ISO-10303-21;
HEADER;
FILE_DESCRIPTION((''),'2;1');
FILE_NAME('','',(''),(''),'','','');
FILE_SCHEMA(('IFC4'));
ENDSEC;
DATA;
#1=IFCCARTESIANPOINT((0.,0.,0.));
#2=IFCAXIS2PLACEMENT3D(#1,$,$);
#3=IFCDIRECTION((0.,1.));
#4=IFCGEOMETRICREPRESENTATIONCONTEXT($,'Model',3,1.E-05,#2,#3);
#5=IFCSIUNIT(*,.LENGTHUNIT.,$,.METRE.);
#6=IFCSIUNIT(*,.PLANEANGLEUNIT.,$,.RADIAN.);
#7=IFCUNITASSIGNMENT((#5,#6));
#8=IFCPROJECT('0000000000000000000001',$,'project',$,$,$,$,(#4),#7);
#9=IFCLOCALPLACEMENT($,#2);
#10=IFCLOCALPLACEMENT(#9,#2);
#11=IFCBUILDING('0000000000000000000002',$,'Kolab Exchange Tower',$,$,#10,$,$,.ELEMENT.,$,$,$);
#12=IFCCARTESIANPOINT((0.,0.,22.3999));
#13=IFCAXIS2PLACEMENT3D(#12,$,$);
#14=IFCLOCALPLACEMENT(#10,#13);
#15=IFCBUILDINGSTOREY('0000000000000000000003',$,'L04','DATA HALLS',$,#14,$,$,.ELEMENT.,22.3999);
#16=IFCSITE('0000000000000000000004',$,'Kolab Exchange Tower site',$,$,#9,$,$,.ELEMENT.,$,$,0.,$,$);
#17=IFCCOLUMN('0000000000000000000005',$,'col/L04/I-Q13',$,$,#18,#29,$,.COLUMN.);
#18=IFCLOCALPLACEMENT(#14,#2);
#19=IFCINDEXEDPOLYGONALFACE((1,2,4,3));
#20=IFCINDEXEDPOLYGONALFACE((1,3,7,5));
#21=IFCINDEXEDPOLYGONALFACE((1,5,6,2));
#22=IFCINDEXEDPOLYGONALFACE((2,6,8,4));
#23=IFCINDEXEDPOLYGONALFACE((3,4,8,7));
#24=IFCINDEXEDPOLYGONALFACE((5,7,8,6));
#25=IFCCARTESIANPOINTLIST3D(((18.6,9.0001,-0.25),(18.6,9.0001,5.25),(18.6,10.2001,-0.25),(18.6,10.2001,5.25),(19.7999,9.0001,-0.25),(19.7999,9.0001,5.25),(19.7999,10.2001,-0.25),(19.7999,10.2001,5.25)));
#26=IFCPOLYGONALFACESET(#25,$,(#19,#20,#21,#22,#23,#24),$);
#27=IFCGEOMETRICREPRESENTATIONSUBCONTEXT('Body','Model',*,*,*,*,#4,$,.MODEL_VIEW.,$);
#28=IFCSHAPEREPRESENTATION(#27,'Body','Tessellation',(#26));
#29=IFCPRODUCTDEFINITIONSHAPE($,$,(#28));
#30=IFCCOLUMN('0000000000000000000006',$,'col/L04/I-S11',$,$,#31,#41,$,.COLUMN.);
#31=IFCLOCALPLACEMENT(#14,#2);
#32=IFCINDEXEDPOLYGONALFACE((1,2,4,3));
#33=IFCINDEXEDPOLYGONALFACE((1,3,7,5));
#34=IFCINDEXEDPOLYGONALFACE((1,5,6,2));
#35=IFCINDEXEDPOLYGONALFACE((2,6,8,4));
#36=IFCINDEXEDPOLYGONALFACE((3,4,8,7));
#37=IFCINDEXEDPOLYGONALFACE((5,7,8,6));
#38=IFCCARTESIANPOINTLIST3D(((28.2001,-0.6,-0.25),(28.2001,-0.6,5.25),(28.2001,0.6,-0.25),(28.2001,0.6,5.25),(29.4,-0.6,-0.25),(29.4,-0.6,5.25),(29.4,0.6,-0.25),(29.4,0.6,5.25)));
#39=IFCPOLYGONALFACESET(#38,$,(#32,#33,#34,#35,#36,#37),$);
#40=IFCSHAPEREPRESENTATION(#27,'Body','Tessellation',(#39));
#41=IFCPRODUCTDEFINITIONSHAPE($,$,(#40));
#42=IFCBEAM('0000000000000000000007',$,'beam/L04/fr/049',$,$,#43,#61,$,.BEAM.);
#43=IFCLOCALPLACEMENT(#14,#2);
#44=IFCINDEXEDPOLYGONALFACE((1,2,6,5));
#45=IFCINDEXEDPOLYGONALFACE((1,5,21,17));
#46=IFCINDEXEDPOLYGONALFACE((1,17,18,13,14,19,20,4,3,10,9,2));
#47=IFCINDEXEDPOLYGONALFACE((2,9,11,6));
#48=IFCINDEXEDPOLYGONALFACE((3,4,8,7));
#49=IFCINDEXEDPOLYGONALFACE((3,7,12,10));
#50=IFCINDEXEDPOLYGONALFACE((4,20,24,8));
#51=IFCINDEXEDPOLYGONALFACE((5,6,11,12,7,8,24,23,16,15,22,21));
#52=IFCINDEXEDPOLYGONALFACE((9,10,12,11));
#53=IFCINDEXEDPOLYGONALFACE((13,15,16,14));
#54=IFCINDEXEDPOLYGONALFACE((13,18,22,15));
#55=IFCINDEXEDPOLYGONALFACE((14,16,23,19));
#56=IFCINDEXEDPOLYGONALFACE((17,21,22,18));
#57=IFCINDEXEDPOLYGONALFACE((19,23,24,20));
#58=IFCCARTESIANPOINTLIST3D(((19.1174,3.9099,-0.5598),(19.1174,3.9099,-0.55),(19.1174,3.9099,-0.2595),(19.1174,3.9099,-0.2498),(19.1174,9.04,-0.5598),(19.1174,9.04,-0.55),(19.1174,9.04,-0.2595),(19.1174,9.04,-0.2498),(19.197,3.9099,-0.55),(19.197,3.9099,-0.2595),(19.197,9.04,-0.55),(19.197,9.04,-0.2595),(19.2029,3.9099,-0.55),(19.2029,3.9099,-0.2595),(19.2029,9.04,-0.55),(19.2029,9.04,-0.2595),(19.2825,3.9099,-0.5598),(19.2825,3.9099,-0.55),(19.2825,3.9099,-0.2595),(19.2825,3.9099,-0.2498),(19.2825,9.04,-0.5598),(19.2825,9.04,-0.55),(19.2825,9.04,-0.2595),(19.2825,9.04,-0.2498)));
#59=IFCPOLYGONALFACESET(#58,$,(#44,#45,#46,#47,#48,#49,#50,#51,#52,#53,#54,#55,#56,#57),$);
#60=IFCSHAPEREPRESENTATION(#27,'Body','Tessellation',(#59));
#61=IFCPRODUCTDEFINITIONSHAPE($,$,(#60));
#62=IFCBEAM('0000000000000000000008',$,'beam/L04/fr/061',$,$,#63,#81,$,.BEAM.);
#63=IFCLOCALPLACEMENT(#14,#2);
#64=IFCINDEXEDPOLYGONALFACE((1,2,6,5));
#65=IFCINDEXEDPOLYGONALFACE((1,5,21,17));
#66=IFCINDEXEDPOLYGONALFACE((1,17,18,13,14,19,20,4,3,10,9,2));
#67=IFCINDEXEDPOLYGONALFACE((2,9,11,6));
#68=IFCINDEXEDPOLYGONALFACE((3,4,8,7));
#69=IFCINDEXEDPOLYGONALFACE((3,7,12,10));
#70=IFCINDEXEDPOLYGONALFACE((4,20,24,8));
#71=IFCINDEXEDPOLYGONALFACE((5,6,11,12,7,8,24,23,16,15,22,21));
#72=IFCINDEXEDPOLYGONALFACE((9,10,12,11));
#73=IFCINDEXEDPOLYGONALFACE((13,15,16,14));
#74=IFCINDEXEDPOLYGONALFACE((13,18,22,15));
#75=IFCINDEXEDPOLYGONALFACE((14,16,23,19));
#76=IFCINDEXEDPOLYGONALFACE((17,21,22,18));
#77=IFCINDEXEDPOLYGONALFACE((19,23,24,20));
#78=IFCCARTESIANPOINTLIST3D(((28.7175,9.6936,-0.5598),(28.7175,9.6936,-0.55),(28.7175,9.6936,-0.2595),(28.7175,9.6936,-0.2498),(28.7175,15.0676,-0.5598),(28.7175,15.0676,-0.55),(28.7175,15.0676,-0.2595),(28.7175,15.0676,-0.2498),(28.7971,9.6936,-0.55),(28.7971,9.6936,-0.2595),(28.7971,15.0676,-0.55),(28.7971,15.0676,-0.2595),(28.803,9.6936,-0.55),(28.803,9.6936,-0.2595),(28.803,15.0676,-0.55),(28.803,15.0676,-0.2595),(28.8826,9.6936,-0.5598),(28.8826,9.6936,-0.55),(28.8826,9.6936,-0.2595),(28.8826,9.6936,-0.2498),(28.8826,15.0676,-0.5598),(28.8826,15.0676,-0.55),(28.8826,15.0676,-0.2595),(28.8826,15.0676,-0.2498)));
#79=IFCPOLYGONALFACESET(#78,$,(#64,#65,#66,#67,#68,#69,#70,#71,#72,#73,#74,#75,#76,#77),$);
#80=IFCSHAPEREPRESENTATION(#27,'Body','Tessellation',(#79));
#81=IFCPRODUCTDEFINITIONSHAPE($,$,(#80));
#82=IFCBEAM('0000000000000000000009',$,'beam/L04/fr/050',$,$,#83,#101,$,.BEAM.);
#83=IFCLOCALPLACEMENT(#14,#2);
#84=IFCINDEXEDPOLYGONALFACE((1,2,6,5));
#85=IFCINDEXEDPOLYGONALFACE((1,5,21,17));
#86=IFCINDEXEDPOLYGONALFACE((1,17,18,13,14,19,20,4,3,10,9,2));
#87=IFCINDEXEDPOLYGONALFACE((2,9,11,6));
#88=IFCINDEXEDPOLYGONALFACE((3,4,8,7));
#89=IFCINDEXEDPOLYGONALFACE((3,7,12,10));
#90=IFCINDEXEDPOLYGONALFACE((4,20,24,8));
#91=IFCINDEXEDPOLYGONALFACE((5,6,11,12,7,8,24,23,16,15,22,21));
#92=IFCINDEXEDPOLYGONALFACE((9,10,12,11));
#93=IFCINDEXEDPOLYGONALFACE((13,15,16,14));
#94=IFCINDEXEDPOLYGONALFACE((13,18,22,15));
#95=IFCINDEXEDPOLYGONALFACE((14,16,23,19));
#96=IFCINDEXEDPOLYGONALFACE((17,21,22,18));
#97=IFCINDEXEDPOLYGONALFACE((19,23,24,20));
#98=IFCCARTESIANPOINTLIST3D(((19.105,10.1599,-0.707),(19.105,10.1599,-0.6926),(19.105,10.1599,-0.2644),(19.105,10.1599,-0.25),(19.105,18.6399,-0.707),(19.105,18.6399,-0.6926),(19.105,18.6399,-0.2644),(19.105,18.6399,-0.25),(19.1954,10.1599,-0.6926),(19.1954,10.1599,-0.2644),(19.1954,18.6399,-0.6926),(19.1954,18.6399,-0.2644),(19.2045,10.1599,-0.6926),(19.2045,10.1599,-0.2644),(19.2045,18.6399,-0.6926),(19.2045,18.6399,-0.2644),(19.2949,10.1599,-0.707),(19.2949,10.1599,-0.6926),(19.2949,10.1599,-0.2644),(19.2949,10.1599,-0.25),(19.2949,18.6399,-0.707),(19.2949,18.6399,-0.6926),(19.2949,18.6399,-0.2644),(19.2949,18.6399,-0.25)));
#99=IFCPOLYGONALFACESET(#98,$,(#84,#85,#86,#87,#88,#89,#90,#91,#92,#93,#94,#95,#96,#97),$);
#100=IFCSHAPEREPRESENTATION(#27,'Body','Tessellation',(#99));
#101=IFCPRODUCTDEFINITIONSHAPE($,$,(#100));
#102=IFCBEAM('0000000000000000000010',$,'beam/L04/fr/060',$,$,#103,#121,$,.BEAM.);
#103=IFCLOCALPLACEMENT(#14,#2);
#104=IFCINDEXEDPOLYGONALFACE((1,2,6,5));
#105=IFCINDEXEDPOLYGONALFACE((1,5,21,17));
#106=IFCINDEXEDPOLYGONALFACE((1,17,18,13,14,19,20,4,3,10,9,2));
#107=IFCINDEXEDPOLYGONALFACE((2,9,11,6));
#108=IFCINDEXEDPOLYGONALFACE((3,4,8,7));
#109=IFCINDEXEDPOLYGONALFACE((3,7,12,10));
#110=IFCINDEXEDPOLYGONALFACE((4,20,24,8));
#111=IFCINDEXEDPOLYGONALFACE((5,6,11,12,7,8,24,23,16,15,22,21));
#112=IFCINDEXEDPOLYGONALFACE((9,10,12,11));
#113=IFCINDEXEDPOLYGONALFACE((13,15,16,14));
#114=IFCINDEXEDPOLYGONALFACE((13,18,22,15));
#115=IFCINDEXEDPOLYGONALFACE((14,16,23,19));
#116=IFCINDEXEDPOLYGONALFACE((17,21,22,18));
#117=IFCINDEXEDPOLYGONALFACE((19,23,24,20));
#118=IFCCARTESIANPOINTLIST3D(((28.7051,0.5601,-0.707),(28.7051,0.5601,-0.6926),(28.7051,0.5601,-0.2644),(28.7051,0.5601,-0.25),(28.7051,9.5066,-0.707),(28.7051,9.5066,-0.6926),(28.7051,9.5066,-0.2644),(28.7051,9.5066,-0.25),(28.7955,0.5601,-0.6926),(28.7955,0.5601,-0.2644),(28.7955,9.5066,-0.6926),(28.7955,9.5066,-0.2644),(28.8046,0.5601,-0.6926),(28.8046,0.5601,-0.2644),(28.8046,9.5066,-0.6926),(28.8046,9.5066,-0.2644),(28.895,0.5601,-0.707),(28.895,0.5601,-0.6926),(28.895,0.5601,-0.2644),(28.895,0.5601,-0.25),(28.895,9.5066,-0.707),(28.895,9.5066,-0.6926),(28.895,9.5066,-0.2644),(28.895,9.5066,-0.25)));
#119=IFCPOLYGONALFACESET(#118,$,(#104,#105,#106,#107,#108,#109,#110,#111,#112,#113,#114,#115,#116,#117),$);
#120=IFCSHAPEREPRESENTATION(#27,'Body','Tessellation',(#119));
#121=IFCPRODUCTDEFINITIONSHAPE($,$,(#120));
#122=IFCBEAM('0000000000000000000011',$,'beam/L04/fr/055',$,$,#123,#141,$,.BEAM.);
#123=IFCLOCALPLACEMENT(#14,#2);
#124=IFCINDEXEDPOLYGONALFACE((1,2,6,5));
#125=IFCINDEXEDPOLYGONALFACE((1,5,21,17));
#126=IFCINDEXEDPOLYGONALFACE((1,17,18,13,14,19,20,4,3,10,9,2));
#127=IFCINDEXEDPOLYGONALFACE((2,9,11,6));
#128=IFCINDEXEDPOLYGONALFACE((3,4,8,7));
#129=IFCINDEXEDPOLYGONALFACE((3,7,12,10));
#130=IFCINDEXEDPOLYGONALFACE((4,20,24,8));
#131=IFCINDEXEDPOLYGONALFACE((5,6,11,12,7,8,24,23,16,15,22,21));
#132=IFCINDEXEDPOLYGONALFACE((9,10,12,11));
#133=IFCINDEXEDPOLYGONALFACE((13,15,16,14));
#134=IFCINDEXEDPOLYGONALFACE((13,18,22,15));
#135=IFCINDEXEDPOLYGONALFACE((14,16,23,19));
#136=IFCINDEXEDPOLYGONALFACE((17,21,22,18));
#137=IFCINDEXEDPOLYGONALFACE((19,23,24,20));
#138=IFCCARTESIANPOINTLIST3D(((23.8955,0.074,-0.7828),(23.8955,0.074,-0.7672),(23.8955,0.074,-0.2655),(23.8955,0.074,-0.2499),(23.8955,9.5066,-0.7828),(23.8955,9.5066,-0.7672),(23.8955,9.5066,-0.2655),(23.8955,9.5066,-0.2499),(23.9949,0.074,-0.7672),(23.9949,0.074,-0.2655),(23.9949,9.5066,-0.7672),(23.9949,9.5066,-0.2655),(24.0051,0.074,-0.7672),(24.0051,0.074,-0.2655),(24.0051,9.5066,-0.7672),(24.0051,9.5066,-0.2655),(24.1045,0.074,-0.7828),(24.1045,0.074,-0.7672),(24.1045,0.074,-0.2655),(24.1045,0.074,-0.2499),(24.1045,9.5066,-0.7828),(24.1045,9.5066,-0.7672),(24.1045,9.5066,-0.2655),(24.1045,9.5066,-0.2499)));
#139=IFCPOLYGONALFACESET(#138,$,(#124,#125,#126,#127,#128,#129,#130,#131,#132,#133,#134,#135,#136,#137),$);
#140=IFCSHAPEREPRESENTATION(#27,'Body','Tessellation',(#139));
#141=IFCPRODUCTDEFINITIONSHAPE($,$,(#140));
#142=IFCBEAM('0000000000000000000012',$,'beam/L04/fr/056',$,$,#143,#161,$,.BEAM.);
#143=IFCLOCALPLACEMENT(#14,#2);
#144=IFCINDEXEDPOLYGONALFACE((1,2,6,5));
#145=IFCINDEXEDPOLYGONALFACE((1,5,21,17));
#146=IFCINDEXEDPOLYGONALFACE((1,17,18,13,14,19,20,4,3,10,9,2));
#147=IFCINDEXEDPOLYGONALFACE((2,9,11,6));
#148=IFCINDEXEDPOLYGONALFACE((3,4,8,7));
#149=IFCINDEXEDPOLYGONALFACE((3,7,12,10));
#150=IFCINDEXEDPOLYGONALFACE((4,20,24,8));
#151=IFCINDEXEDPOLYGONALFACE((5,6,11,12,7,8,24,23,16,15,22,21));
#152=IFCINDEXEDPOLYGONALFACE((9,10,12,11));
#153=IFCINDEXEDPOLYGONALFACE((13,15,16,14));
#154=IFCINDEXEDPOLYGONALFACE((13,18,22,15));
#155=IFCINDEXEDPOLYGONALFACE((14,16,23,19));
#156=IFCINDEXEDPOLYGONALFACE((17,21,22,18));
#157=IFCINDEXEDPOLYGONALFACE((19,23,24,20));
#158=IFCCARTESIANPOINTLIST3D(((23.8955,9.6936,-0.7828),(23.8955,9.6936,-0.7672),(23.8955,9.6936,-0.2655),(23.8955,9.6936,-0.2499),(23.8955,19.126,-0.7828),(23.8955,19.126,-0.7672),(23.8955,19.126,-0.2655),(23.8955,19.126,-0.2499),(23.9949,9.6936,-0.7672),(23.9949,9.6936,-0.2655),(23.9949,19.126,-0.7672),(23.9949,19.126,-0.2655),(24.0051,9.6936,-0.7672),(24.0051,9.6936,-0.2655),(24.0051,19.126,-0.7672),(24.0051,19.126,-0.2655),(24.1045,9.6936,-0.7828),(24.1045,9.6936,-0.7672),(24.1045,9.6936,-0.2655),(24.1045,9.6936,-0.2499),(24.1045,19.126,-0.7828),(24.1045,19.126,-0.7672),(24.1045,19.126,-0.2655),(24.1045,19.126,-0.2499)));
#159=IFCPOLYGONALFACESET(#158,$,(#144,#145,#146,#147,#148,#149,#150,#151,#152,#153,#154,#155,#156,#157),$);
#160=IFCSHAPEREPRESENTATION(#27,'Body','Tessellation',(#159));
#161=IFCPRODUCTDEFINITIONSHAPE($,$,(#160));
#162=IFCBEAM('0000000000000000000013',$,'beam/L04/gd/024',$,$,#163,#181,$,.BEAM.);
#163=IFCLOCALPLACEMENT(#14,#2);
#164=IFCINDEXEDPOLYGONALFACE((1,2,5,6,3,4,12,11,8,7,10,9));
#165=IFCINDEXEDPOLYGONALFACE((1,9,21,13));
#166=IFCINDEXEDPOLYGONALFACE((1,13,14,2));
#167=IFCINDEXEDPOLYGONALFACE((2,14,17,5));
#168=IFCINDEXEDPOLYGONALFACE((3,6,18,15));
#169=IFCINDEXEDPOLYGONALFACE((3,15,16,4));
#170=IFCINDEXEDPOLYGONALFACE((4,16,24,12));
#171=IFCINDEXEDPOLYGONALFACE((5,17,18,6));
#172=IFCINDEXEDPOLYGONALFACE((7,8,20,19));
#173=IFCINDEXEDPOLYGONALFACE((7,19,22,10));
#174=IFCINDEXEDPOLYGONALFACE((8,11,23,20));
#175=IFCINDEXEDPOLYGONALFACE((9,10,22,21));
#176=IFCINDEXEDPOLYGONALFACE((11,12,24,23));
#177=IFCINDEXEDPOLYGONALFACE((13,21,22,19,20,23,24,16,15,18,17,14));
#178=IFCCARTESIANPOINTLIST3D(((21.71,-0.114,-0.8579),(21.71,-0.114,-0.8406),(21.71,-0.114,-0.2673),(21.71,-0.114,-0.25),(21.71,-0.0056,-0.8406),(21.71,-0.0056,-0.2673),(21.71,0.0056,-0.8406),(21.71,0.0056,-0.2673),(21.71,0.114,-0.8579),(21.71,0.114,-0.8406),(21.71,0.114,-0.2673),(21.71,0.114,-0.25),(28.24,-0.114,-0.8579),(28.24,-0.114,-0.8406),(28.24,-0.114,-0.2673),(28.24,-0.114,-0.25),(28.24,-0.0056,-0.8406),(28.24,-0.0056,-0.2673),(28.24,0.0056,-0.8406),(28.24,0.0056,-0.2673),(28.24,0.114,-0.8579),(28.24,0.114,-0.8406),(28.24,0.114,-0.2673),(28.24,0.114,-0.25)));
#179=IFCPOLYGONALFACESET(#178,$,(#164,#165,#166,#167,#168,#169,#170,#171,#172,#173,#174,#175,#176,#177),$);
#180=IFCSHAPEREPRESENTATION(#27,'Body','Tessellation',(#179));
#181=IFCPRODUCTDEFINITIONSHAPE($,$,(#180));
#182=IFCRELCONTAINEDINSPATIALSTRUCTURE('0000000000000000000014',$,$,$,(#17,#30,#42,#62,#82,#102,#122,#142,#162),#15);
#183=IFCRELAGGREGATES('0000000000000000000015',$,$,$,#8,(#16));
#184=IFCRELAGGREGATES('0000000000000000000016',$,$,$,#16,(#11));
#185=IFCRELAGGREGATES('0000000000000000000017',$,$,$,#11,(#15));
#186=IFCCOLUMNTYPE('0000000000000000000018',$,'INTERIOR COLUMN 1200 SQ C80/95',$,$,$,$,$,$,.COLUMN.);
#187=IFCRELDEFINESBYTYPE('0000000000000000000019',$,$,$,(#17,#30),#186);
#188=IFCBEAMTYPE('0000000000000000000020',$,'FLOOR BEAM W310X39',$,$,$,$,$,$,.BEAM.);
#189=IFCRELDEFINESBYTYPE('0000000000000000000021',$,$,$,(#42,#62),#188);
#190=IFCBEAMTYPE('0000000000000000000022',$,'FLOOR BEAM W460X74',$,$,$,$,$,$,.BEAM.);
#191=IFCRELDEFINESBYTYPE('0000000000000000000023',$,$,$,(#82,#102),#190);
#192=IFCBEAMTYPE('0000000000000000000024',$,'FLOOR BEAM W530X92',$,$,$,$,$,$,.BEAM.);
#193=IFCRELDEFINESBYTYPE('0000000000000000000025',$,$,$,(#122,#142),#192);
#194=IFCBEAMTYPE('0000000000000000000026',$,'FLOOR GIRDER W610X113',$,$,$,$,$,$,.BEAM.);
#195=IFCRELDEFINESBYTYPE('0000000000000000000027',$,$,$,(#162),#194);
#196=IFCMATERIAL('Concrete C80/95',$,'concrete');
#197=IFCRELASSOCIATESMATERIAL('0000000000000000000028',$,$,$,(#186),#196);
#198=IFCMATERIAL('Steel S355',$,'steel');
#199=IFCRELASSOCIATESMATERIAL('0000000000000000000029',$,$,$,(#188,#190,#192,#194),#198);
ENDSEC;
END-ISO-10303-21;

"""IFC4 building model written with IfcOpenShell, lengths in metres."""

from ifc_helpers import new_model, si_unit, direction, frame, origin, origin_2d, place, context, subcontext, project, spatial, rectangle, i_section, extrude, material, material_profile, profile_set, type_object, element, save


model = new_model("IFC4")

# Units and contexts
model_context = context("Model", 3, precision=1e-05, world=origin(), true_north=direction((0.0, 1.0)))
body_context = subcontext(model_context, "Body", "Model", "MODEL_VIEW")
ifc_project = project(units=[si_unit("LENGTHUNIT", "METRE"), si_unit("PLANEANGLEUNIT", "RADIAN")], contexts=[model_context])

# Site, building, storey
site_placement = place(None, origin())
site = spatial("IfcSite", under=ifc_project, at=site_placement, Name="Kolab Exchange Tower site", CompositionType="ELEMENT", RefElevation=0.0)
building_placement = place(site_placement, origin())
building = spatial("IfcBuilding", under=site, at=building_placement, Name="Kolab Exchange Tower", CompositionType="ELEMENT")
storey_placement = place(building_placement, frame((0.0, 0.0, 22.3999)))
storey = spatial("IfcBuildingStorey", under=building, at=storey_placement, Name="L04", Description="DATA HALLS", CompositionType="ELEMENT", Elevation=22.3999)

# Columns
ifc_material_1 = material(Name="Concrete C80/95", Category="concrete")
ifc_material_profile_1 = material_profile(ifc_material_1, rectangle(XDim=1.2, YDim=1.2, at=origin_2d()), Name="RC1200")
ifc_profile_set_1 = profile_set([ifc_material_profile_1], Name="Concrete C80/95")
column_type = type_object("IfcColumnType", Name="INTERIOR COLUMN 1200 SQ C80/95", PredefinedType="COLUMN", material=ifc_profile_set_1)
for number, where, z_axis, x_axis, name in (
    (1, (19.2, 9.6001, -0.25), (0.0, 0.0, 1.0), (1.0, 0.0, 0.0), "col/L04/I-Q13"),
    (2, (28.8, 0.0, -0.25), (0.0, 0.0, 1.0), (1.0, 0.0, 0.0), "col/L04/I-S11"),
):
    element("IfcColumn", number, at=place(storey_placement, frame(where, z_axis=z_axis, x_axis=x_axis)), inside=storey, type_object=column_type, Name=name, PredefinedType="COLUMN", context=body_context, shape_type="SweptSolid", body=[
        extrude(rectangle(XDim=1.2, YDim=1.2, at=origin_2d()), origin(), (0.0, 0.0, 1.0), 5.5),
    ])

# Beams
ifc_material_2 = material(Name="Steel S355", Category="steel")
ifc_material_profile_2 = material_profile(ifc_material_2, i_section(OverallWidth=0.165, OverallDepth=0.3101, WebThickness=0.0059, FlangeThickness=0.0098, at=origin_2d()), Name="W310X39")
ifc_profile_set_2 = profile_set([ifc_material_profile_2], Name="Steel S355")
beam_type_1 = type_object("IfcBeamType", Name="FLOOR BEAM W310X39", PredefinedType="BEAM", material=ifc_profile_set_2)
beam_1_placement = place(storey_placement, frame((19.2, 3.9099, -0.4048), z_axis=(0.0, 1.0, 0.0), x_axis=(-1.0, 0.0, 0.0)))
element("IfcBeam", 3, at=beam_1_placement, inside=storey, type_object=beam_type_1, Name="beam/L04/fr/049", PredefinedType="BEAM", context=body_context, shape_type="SweptSolid", body=[
    extrude(i_section(OverallWidth=0.165, OverallDepth=0.3101, WebThickness=0.0059, FlangeThickness=0.0098, at=origin_2d()), origin(), (0.0, 0.0, 1.0), 5.1301),
])
beam_2_placement = place(storey_placement, frame((28.8, 9.6936, -0.4048), z_axis=(0.0, 1.0, 0.0), x_axis=(-1.0, 0.0, 0.0)))
element("IfcBeam", 4, at=beam_2_placement, inside=storey, type_object=beam_type_1, Name="beam/L04/fr/061", PredefinedType="BEAM", context=body_context, shape_type="SweptSolid", body=[
    extrude(i_section(OverallWidth=0.165, OverallDepth=0.3101, WebThickness=0.0059, FlangeThickness=0.0098, at=origin_2d()), origin(), (0.0, 0.0, 1.0), 5.374),
])
ifc_material_profile_3 = material_profile(ifc_material_2, i_section(OverallWidth=0.1899, OverallDepth=0.457, WebThickness=0.009, FlangeThickness=0.0144, at=origin_2d()), Name="W460X74")
ifc_profile_set_3 = profile_set([ifc_material_profile_3], Name="Steel S355")
beam_type_2 = type_object("IfcBeamType", Name="FLOOR BEAM W460X74", PredefinedType="BEAM", material=ifc_profile_set_3)
beam_3_placement = place(storey_placement, frame((19.2, 10.1599, -0.4785), z_axis=(0.0, 1.0, 0.0), x_axis=(-1.0, 0.0, 0.0)))
element("IfcBeam", 5, at=beam_3_placement, inside=storey, type_object=beam_type_2, Name="beam/L04/fr/050", PredefinedType="BEAM", context=body_context, shape_type="SweptSolid", body=[
    extrude(i_section(OverallWidth=0.1899, OverallDepth=0.457, WebThickness=0.009, FlangeThickness=0.0144, at=origin_2d()), origin(), (0.0, 0.0, 1.0), 8.48),
])
beam_4_placement = place(storey_placement, frame((28.8, 0.5601, -0.4785), z_axis=(0.0, 1.0, 0.0), x_axis=(-1.0, 0.0, 0.0)))
element("IfcBeam", 6, at=beam_4_placement, inside=storey, type_object=beam_type_2, Name="beam/L04/fr/060", PredefinedType="BEAM", context=body_context, shape_type="SweptSolid", body=[
    extrude(i_section(OverallWidth=0.1899, OverallDepth=0.457, WebThickness=0.009, FlangeThickness=0.0144, at=origin_2d()), origin(), (0.0, 0.0, 1.0), 8.9465),
])
ifc_material_profile_4 = material_profile(ifc_material_2, i_section(OverallWidth=0.209, OverallDepth=0.533, WebThickness=0.0103, FlangeThickness=0.0156, at=origin_2d()), Name="W530X92")
ifc_profile_set_4 = profile_set([ifc_material_profile_4], Name="Steel S355")
beam_type_3 = type_object("IfcBeamType", Name="FLOOR BEAM W530X92", PredefinedType="BEAM", material=ifc_profile_set_4)
beam_5_placement = place(storey_placement, frame((24.0, 0.074, -0.5164), z_axis=(0.0, 1.0, 0.0), x_axis=(-1.0, 0.0, 0.0)))
element("IfcBeam", 7, at=beam_5_placement, inside=storey, type_object=beam_type_3, Name="beam/L04/fr/055", PredefinedType="BEAM", context=body_context, shape_type="SweptSolid", body=[
    extrude(i_section(OverallWidth=0.209, OverallDepth=0.533, WebThickness=0.0103, FlangeThickness=0.0156, at=origin_2d()), origin(), (0.0, 0.0, 1.0), 9.4326),
])
beam_6_placement = place(storey_placement, frame((24.0, 9.6936, -0.5164), z_axis=(0.0, 1.0, 0.0), x_axis=(-1.0, 0.0, 0.0)))
element("IfcBeam", 8, at=beam_6_placement, inside=storey, type_object=beam_type_3, Name="beam/L04/fr/056", PredefinedType="BEAM", context=body_context, shape_type="SweptSolid", body=[
    extrude(i_section(OverallWidth=0.209, OverallDepth=0.533, WebThickness=0.0103, FlangeThickness=0.0156, at=origin_2d()), origin(), (0.0, 0.0, 1.0), 9.4324),
])
ifc_material_profile_5 = material_profile(ifc_material_2, i_section(OverallWidth=0.228, OverallDepth=0.6079, WebThickness=0.0112, FlangeThickness=0.0173, at=origin_2d()), Name="W610X113")
ifc_profile_set_5 = profile_set([ifc_material_profile_5], Name="Steel S355")
beam_type_4 = type_object("IfcBeamType", Name="FLOOR GIRDER W610X113", PredefinedType="BEAM", material=ifc_profile_set_5)
beam_7_placement = place(storey_placement, frame((21.71, 0.0, -0.554), z_axis=(1.0, 0.0, 0.0), x_axis=(0.0, 1.0, 0.0)))
element("IfcBeam", 9, at=beam_7_placement, inside=storey, type_object=beam_type_4, Name="beam/L04/gd/024", PredefinedType="BEAM", context=body_context, shape_type="SweptSolid", body=[
    extrude(i_section(OverallWidth=0.228, OverallDepth=0.6079, WebThickness=0.0112, FlangeThickness=0.0173, at=origin_2d()), origin(), (0.0, 0.0, 1.0), 6.53),
])

save(model, "model.ifc")
